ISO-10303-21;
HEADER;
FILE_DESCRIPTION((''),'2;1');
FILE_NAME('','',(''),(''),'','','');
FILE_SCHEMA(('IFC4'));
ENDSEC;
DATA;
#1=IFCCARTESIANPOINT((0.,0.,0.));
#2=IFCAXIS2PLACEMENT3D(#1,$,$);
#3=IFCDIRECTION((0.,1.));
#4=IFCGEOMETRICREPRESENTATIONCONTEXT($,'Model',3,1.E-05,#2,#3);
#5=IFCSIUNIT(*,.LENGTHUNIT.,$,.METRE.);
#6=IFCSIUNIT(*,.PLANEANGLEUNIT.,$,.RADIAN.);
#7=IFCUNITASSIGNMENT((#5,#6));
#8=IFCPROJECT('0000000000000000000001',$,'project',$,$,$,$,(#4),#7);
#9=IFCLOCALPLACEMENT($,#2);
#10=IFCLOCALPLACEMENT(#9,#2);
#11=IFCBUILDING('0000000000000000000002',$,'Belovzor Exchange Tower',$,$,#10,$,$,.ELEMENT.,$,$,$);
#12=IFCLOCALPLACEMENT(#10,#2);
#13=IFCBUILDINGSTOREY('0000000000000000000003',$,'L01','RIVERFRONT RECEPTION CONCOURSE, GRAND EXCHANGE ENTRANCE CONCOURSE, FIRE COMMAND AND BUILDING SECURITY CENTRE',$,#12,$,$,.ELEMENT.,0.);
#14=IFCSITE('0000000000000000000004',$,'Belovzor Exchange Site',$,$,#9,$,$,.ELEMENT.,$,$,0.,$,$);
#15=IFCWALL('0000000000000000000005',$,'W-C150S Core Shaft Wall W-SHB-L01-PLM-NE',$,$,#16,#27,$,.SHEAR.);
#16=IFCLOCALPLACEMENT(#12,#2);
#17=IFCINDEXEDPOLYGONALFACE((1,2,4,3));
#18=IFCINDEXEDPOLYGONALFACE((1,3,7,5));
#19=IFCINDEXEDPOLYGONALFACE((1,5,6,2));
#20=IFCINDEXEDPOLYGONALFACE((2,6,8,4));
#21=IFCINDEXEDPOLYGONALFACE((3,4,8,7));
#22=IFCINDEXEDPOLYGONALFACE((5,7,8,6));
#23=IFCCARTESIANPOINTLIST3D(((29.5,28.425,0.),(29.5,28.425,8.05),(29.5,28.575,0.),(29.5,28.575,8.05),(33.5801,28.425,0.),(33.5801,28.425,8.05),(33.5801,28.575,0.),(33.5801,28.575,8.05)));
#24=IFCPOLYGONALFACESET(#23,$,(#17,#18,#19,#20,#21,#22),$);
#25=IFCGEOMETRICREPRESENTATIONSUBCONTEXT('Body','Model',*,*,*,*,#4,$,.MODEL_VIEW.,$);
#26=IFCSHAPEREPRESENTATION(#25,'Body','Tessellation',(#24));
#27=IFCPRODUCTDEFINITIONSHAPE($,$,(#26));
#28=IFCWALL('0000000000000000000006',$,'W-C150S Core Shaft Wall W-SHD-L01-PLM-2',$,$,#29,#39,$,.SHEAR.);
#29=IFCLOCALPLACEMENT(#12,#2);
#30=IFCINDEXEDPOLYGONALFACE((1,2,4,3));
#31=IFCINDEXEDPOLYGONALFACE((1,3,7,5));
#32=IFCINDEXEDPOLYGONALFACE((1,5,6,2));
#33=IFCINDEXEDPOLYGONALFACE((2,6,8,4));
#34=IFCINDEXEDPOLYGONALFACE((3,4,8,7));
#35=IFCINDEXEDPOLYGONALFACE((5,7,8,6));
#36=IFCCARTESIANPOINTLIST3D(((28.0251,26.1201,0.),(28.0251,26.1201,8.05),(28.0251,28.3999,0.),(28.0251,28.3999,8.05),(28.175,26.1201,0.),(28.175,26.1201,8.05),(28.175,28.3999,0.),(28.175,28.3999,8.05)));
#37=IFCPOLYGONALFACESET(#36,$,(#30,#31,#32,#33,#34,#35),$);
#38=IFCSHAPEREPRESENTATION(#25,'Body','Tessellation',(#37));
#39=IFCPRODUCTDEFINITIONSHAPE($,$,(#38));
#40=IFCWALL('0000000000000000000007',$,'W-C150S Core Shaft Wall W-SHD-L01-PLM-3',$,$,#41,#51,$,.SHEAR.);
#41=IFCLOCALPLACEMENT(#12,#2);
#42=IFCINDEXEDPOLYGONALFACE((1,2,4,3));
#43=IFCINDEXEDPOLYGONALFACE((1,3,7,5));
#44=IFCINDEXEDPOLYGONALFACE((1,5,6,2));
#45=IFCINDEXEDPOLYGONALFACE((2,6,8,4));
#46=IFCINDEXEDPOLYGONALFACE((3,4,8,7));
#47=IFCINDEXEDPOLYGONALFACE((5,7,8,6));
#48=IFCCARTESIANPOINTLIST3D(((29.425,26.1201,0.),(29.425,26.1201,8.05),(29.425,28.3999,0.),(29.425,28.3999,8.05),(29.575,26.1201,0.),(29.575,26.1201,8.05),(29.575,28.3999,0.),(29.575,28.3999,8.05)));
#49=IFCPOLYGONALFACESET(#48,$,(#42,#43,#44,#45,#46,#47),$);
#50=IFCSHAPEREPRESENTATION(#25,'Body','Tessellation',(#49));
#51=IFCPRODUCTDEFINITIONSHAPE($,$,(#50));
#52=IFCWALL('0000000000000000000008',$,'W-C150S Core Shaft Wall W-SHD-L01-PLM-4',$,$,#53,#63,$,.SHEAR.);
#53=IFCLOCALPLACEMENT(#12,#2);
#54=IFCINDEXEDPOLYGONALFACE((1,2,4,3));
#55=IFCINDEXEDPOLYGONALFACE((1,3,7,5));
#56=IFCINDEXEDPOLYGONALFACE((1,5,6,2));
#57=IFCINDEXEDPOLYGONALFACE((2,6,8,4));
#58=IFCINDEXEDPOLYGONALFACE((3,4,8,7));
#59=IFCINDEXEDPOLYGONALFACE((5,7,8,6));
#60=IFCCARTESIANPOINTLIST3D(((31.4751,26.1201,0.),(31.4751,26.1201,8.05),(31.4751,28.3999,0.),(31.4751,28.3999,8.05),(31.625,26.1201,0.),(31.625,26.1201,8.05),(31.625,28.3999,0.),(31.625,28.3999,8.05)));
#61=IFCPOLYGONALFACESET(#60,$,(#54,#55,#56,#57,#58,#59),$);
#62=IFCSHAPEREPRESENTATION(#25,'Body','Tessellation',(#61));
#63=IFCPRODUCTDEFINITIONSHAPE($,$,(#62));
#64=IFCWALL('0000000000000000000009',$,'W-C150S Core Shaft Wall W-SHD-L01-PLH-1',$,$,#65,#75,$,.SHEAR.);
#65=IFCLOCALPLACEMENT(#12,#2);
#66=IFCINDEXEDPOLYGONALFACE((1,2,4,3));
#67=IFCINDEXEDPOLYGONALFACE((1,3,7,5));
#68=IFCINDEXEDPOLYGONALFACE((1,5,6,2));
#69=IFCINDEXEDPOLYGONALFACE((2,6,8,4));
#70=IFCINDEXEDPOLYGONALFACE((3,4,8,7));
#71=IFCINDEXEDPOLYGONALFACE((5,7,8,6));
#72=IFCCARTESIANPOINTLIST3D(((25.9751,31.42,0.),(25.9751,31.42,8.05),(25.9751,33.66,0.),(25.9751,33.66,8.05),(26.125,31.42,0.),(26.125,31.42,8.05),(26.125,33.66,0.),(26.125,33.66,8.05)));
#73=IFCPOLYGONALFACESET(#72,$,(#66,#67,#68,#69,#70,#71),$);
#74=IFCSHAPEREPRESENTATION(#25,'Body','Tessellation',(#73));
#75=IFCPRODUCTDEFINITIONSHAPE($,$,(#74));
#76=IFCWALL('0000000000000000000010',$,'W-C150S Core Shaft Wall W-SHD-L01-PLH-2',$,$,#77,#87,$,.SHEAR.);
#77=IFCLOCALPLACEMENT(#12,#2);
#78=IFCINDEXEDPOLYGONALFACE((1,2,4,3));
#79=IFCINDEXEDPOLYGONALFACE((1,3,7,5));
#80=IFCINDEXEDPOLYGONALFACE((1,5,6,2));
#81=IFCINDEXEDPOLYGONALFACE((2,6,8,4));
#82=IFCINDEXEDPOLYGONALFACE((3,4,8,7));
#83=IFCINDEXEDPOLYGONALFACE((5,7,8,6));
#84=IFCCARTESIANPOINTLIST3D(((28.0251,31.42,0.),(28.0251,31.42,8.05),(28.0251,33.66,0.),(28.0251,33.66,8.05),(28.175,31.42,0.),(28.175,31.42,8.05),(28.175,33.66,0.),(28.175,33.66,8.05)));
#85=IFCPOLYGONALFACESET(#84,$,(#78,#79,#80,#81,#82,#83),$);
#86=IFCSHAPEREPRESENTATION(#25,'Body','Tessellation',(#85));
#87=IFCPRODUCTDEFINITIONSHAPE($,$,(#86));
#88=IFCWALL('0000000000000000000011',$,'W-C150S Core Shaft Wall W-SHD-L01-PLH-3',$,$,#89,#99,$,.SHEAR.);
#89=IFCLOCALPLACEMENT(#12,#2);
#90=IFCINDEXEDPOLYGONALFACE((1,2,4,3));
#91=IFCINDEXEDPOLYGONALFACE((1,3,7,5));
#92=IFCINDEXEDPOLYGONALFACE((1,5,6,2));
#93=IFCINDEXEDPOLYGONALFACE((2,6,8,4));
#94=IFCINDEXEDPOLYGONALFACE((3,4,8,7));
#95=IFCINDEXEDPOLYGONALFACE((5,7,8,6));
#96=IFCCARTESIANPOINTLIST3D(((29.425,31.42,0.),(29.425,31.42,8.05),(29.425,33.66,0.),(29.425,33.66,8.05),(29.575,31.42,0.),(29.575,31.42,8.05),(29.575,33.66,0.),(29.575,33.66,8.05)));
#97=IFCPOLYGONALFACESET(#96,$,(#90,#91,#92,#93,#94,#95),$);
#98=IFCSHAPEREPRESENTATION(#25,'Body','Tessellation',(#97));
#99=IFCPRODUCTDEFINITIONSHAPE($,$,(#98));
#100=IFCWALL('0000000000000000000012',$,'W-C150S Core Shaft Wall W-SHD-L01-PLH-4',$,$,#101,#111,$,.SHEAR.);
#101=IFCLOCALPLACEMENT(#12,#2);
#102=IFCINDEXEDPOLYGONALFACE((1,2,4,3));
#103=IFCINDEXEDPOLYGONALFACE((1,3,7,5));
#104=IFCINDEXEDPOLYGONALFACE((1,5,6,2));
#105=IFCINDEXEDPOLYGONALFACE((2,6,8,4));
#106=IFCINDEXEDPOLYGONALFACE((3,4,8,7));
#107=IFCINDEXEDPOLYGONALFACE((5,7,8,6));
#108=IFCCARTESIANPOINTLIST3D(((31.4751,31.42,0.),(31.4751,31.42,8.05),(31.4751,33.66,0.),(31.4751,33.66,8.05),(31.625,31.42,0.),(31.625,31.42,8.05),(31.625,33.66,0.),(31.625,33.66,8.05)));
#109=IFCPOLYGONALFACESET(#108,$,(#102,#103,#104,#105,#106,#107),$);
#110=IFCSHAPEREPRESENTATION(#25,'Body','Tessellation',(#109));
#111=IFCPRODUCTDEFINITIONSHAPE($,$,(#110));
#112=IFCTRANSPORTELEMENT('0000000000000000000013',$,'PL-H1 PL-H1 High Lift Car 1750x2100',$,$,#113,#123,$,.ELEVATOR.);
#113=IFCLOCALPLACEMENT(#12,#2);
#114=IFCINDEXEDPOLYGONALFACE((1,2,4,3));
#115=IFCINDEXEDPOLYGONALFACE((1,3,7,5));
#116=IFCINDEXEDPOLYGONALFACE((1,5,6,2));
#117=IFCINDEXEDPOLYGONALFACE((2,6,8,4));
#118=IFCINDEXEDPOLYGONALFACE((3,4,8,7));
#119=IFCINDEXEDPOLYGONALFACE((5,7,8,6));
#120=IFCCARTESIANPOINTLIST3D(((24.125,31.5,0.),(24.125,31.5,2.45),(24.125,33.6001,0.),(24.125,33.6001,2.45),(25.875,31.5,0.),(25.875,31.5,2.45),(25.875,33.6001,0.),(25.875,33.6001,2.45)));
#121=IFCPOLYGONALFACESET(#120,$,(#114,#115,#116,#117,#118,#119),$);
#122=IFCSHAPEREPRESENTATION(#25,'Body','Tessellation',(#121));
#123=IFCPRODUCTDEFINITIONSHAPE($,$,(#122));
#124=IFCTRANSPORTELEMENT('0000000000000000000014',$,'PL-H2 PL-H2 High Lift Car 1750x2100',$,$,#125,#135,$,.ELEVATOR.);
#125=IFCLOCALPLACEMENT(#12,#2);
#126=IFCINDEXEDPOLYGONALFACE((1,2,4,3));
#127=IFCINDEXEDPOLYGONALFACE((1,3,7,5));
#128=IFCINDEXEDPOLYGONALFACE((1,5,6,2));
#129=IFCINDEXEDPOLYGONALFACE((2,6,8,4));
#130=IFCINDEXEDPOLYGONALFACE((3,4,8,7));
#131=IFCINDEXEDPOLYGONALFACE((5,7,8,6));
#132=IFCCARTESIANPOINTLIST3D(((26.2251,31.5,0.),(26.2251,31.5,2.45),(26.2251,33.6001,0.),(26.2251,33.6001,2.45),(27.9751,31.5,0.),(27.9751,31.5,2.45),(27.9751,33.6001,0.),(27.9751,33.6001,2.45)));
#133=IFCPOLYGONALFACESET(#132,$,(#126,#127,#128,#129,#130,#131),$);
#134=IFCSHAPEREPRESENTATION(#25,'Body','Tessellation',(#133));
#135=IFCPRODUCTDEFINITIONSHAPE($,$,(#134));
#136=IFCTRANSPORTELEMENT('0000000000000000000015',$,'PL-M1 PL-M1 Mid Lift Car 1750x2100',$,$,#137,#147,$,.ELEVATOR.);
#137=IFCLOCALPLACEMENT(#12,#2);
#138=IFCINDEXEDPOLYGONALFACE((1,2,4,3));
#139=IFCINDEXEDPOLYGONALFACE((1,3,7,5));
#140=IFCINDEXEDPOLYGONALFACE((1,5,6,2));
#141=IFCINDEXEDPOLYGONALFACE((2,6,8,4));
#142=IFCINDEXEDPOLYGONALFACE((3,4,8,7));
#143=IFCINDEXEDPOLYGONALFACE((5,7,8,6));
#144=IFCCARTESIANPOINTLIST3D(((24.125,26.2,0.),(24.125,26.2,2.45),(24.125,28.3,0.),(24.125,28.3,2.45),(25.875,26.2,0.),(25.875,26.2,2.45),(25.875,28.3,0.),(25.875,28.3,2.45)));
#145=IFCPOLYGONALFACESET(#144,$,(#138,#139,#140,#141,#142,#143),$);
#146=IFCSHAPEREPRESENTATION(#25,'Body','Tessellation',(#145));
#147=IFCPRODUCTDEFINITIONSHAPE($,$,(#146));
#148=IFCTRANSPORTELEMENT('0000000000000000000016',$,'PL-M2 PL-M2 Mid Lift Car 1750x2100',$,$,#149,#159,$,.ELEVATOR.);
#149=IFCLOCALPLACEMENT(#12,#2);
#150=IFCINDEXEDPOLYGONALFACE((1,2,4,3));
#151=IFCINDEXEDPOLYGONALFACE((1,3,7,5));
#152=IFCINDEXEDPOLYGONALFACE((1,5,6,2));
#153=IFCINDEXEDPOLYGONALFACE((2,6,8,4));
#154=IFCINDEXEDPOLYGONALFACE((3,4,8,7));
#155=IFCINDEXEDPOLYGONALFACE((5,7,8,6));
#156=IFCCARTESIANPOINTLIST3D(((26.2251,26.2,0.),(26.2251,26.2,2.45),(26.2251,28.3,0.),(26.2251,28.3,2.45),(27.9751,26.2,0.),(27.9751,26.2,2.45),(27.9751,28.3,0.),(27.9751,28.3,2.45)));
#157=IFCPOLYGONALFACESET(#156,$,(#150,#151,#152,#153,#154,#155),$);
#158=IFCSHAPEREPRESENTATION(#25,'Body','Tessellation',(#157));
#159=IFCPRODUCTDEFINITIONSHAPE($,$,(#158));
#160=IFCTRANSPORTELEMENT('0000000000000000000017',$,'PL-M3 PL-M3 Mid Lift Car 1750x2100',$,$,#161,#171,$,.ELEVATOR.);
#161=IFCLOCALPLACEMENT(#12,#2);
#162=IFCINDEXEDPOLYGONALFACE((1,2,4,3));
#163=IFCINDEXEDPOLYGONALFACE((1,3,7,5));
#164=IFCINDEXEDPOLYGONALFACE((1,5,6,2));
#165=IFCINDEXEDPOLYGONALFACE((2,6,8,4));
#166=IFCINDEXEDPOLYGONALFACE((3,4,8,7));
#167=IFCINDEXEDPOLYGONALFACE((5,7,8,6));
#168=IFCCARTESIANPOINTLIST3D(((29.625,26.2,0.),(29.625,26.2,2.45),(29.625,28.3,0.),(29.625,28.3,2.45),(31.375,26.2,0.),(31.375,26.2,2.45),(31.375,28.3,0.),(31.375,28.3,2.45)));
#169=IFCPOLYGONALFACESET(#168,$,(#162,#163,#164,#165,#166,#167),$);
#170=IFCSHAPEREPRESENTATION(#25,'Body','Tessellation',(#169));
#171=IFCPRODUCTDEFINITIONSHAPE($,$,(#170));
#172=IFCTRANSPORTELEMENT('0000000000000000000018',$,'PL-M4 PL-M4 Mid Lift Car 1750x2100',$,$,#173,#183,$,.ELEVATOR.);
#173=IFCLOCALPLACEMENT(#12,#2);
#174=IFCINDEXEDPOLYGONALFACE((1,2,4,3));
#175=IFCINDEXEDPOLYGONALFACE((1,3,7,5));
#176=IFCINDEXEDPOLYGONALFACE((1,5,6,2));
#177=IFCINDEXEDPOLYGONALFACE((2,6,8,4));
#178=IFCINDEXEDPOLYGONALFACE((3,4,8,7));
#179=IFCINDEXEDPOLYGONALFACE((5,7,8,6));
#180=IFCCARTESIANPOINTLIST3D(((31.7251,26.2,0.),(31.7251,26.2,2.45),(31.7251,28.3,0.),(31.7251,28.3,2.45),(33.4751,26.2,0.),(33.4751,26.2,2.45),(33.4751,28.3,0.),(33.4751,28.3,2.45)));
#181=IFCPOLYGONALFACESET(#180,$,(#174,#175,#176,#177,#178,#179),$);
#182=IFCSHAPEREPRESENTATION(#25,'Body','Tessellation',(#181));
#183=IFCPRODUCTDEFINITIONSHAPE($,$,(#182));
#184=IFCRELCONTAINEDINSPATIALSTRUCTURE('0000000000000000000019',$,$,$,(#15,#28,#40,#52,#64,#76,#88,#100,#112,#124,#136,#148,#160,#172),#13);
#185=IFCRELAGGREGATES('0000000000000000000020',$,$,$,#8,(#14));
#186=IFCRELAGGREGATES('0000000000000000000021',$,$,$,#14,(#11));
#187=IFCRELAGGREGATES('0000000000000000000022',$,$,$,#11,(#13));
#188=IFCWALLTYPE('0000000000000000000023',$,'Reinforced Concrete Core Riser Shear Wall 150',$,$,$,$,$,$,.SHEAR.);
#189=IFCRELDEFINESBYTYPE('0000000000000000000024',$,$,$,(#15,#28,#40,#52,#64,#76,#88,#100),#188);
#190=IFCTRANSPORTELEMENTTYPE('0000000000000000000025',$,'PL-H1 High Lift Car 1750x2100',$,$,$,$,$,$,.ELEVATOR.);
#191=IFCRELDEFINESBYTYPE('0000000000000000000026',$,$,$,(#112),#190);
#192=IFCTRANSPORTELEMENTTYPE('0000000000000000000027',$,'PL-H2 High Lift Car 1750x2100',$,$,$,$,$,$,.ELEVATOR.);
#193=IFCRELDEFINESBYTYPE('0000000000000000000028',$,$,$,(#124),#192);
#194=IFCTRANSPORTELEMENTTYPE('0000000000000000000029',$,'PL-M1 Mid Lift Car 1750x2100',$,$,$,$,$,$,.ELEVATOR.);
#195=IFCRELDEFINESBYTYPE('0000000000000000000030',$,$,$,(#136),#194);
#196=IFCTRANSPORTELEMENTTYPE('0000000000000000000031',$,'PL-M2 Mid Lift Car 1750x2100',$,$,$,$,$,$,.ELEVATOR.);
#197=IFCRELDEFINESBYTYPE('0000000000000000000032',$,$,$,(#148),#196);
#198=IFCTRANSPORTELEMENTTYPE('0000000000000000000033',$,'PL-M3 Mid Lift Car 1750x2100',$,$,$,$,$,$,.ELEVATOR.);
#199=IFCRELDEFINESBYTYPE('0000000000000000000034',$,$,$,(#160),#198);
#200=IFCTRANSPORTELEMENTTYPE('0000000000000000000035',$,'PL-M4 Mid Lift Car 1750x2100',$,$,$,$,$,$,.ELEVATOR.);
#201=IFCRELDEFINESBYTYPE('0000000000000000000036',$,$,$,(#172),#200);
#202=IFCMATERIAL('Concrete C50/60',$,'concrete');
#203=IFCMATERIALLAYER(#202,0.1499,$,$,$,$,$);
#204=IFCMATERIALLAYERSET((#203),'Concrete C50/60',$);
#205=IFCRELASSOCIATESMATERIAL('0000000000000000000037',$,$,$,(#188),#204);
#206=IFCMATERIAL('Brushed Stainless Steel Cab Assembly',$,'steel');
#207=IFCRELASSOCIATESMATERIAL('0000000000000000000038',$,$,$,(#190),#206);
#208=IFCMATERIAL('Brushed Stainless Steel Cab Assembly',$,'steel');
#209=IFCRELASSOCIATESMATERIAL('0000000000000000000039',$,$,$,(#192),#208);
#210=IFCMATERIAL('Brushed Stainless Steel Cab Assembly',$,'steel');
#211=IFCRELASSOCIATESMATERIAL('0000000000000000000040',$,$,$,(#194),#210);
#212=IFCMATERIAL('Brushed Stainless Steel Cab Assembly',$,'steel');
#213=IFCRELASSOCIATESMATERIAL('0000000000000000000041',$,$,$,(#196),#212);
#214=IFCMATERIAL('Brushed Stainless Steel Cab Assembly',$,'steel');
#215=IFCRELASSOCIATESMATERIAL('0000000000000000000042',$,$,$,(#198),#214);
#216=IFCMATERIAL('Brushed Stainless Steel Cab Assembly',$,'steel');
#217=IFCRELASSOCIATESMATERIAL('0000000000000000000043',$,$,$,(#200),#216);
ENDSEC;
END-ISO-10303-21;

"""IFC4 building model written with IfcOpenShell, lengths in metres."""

from ifc_helpers import new_model, si_unit, direction, frame, frame_2d, origin, origin_2d, place, context, subcontext, project, spatial, rectangle, extrude, material, layer, layer_set, type_object, element, save


model = new_model("IFC4")

# Units and contexts
model_context = context("Model", 3, precision=1e-05, world=origin(), true_north=direction((0.0, 1.0)))
body_context = subcontext(model_context, "Body", "Model", "MODEL_VIEW")
ifc_project = project(units=[si_unit("LENGTHUNIT", "METRE"), si_unit("PLANEANGLEUNIT", "RADIAN")], contexts=[model_context])

# Site, building, storey
site_placement = place(None, origin())
site = spatial("IfcSite", under=ifc_project, at=site_placement, Name="Belovzor Exchange Site", CompositionType="ELEMENT", RefElevation=0.0)
building_placement = place(site_placement, origin())
building = spatial("IfcBuilding", under=site, at=building_placement, Name="Belovzor Exchange Tower", CompositionType="ELEMENT")
storey_placement = place(building_placement, origin())
storey = spatial("IfcBuildingStorey", under=building, at=storey_placement, Name="L01", Description="RIVERFRONT RECEPTION CONCOURSE, GRAND EXCHANGE ENTRANCE CONCOURSE, FIRE COMMAND AND BUILDING SECURITY CENTRE", CompositionType="ELEMENT", Elevation=0.0)

# Walls
ifc_material_1 = material(Name="Concrete C50/60", Category="concrete")
ifc_layer_1 = layer(ifc_material_1, 0.1499)
ifc_layer_set_1 = layer_set([ifc_layer_1], Name="Concrete C50/60")
wall_type_1 = type_object("IfcWallType", Name="Reinforced Concrete Core Riser Shear Wall 150", PredefinedType="SHEAR", material=ifc_layer_set_1)
wall_1_placement = place(storey_placement, frame((29.5, 28.5, 0.0), z_axis=(0.0, 0.0, 1.0), x_axis=(1.0, 0.0, 0.0)))
element("IfcWall", 1, at=wall_1_placement, inside=storey, type_object=wall_type_1, Name="W-C150S Core Shaft Wall W-SHB-L01-PLM-NE", PredefinedType="SHEAR", context=body_context, shape_type="SweptSolid", body=[
    extrude(rectangle(XDim=4.0801, YDim=0.1499, at=frame_2d((2.04, 0.0))), origin(), (0.0, 0.0, 1.0), 8.05),
])
for number, where, z_axis, x_axis, name in (
    (2, (28.1001, 26.1201, 0.0), (0.0, 0.0, 1.0), (0.0, 1.0, 0.0), "W-C150S Core Shaft Wall W-SHD-L01-PLM-2"),
    (3, (29.5, 26.1201, 0.0), (0.0, 0.0, 1.0), (0.0, 1.0, 0.0), "W-C150S Core Shaft Wall W-SHD-L01-PLM-3"),
    (4, (31.55, 26.1201, 0.0), (0.0, 0.0, 1.0), (0.0, 1.0, 0.0), "W-C150S Core Shaft Wall W-SHD-L01-PLM-4"),
):
    element("IfcWall", number, at=place(storey_placement, frame(where, z_axis=z_axis, x_axis=x_axis)), inside=storey, type_object=wall_type_1, Name=name, PredefinedType="SHEAR", context=body_context, shape_type="SweptSolid", body=[
        extrude(rectangle(XDim=2.2798, YDim=0.1499, at=frame_2d((1.1399, 0.0))), origin(), (0.0, 0.0, 1.0), 8.05),
    ])
for number, where, z_axis, x_axis, name in (
    (5, (26.05, 31.4199, 0.0), (0.0, 0.0, 1.0), (0.0, 1.0, 0.0), "W-C150S Core Shaft Wall W-SHD-L01-PLH-1"),
    (6, (28.1001, 31.4199, 0.0), (0.0, 0.0, 1.0), (0.0, 1.0, 0.0), "W-C150S Core Shaft Wall W-SHD-L01-PLH-2"),
    (7, (29.5, 31.4199, 0.0), (0.0, 0.0, 1.0), (0.0, 1.0, 0.0), "W-C150S Core Shaft Wall W-SHD-L01-PLH-3"),
    (8, (31.55, 31.4199, 0.0), (0.0, 0.0, 1.0), (0.0, 1.0, 0.0), "W-C150S Core Shaft Wall W-SHD-L01-PLH-4"),
):
    element("IfcWall", number, at=place(storey_placement, frame(where, z_axis=z_axis, x_axis=x_axis)), inside=storey, type_object=wall_type_1, Name=name, PredefinedType="SHEAR", context=body_context, shape_type="SweptSolid", body=[
        extrude(rectangle(XDim=2.24, YDim=0.1499, at=frame_2d((1.1201, 0.0))), origin(), (0.0, 0.0, 1.0), 8.05),
    ])

# Transport elements
ifc_material_2 = material(Name="Brushed Stainless Steel Cab Assembly", Category="steel")
transport_element_type_1 = type_object("IfcTransportElementType", Name="PL-H1 High Lift Car 1750x2100", PredefinedType="ELEVATOR", material=ifc_material_2)
transport_element_1_placement = place(storey_placement, frame((25.0, 32.55, 0.0), z_axis=(0.0, 0.0, 1.0), x_axis=(1.0, 0.0, 0.0)))
element("IfcTransportElement", 9, at=transport_element_1_placement, inside=storey, type_object=transport_element_type_1, Name="PL-H1 PL-H1 High Lift Car 1750x2100", PredefinedType="ELEVATOR", context=body_context, shape_type="SweptSolid", body=[
    extrude(rectangle(XDim=1.75, YDim=2.1001, at=origin_2d()), origin(), (0.0, 0.0, 1.0), 2.45),
])
ifc_material_3 = material(Name="Brushed Stainless Steel Cab Assembly", Category="steel")
transport_element_type_2 = type_object("IfcTransportElementType", Name="PL-H2 High Lift Car 1750x2100", PredefinedType="ELEVATOR", material=ifc_material_3)
transport_element_2_placement = place(storey_placement, frame((27.1001, 32.55, 0.0), z_axis=(0.0, 0.0, 1.0), x_axis=(1.0, 0.0, 0.0)))
element("IfcTransportElement", 10, at=transport_element_2_placement, inside=storey, type_object=transport_element_type_2, Name="PL-H2 PL-H2 High Lift Car 1750x2100", PredefinedType="ELEVATOR", context=body_context, shape_type="SweptSolid", body=[
    extrude(rectangle(XDim=1.75, YDim=2.1001, at=origin_2d()), origin(), (0.0, 0.0, 1.0), 2.45),
])
ifc_material_4 = material(Name="Brushed Stainless Steel Cab Assembly", Category="steel")
transport_element_type_3 = type_object("IfcTransportElementType", Name="PL-M1 Mid Lift Car 1750x2100", PredefinedType="ELEVATOR", material=ifc_material_4)
transport_element_3_placement = place(storey_placement, frame((25.0, 27.25, 0.0), z_axis=(0.0, 0.0, 1.0), x_axis=(1.0, 0.0, 0.0)))
element("IfcTransportElement", 11, at=transport_element_3_placement, inside=storey, type_object=transport_element_type_3, Name="PL-M1 PL-M1 Mid Lift Car 1750x2100", PredefinedType="ELEVATOR", context=body_context, shape_type="SweptSolid", body=[
    extrude(rectangle(XDim=1.75, YDim=2.1001, at=origin_2d()), origin(), (0.0, 0.0, 1.0), 2.45),
])
ifc_material_5 = material(Name="Brushed Stainless Steel Cab Assembly", Category="steel")
transport_element_type_4 = type_object("IfcTransportElementType", Name="PL-M2 Mid Lift Car 1750x2100", PredefinedType="ELEVATOR", material=ifc_material_5)
transport_element_4_placement = place(storey_placement, frame((27.1001, 27.25, 0.0), z_axis=(0.0, 0.0, 1.0), x_axis=(1.0, 0.0, 0.0)))
element("IfcTransportElement", 12, at=transport_element_4_placement, inside=storey, type_object=transport_element_type_4, Name="PL-M2 PL-M2 Mid Lift Car 1750x2100", PredefinedType="ELEVATOR", context=body_context, shape_type="SweptSolid", body=[
    extrude(rectangle(XDim=1.75, YDim=2.1001, at=origin_2d()), origin(), (0.0, 0.0, 1.0), 2.45),
])
ifc_material_6 = material(Name="Brushed Stainless Steel Cab Assembly", Category="steel")
transport_element_type_5 = type_object("IfcTransportElementType", Name="PL-M3 Mid Lift Car 1750x2100", PredefinedType="ELEVATOR", material=ifc_material_6)
transport_element_5_placement = place(storey_placement, frame((30.5, 27.25, 0.0), z_axis=(0.0, 0.0, 1.0), x_axis=(1.0, 0.0, 0.0)))
element("IfcTransportElement", 13, at=transport_element_5_placement, inside=storey, type_object=transport_element_type_5, Name="PL-M3 PL-M3 Mid Lift Car 1750x2100", PredefinedType="ELEVATOR", context=body_context, shape_type="SweptSolid", body=[
    extrude(rectangle(XDim=1.75, YDim=2.1001, at=origin_2d()), origin(), (0.0, 0.0, 1.0), 2.45),
])
ifc_material_7 = material(Name="Brushed Stainless Steel Cab Assembly", Category="steel")
transport_element_type_6 = type_object("IfcTransportElementType", Name="PL-M4 Mid Lift Car 1750x2100", PredefinedType="ELEVATOR", material=ifc_material_7)
transport_element_6_placement = place(storey_placement, frame((32.6001, 27.25, 0.0), z_axis=(0.0, 0.0, 1.0), x_axis=(1.0, 0.0, 0.0)))
element("IfcTransportElement", 14, at=transport_element_6_placement, inside=storey, type_object=transport_element_type_6, Name="PL-M4 PL-M4 Mid Lift Car 1750x2100", PredefinedType="ELEVATOR", context=body_context, shape_type="SweptSolid", body=[
    extrude(rectangle(XDim=1.75, YDim=2.1001, at=origin_2d()), origin(), (0.0, 0.0, 1.0), 2.45),
])

save(model, "model.ifc")
